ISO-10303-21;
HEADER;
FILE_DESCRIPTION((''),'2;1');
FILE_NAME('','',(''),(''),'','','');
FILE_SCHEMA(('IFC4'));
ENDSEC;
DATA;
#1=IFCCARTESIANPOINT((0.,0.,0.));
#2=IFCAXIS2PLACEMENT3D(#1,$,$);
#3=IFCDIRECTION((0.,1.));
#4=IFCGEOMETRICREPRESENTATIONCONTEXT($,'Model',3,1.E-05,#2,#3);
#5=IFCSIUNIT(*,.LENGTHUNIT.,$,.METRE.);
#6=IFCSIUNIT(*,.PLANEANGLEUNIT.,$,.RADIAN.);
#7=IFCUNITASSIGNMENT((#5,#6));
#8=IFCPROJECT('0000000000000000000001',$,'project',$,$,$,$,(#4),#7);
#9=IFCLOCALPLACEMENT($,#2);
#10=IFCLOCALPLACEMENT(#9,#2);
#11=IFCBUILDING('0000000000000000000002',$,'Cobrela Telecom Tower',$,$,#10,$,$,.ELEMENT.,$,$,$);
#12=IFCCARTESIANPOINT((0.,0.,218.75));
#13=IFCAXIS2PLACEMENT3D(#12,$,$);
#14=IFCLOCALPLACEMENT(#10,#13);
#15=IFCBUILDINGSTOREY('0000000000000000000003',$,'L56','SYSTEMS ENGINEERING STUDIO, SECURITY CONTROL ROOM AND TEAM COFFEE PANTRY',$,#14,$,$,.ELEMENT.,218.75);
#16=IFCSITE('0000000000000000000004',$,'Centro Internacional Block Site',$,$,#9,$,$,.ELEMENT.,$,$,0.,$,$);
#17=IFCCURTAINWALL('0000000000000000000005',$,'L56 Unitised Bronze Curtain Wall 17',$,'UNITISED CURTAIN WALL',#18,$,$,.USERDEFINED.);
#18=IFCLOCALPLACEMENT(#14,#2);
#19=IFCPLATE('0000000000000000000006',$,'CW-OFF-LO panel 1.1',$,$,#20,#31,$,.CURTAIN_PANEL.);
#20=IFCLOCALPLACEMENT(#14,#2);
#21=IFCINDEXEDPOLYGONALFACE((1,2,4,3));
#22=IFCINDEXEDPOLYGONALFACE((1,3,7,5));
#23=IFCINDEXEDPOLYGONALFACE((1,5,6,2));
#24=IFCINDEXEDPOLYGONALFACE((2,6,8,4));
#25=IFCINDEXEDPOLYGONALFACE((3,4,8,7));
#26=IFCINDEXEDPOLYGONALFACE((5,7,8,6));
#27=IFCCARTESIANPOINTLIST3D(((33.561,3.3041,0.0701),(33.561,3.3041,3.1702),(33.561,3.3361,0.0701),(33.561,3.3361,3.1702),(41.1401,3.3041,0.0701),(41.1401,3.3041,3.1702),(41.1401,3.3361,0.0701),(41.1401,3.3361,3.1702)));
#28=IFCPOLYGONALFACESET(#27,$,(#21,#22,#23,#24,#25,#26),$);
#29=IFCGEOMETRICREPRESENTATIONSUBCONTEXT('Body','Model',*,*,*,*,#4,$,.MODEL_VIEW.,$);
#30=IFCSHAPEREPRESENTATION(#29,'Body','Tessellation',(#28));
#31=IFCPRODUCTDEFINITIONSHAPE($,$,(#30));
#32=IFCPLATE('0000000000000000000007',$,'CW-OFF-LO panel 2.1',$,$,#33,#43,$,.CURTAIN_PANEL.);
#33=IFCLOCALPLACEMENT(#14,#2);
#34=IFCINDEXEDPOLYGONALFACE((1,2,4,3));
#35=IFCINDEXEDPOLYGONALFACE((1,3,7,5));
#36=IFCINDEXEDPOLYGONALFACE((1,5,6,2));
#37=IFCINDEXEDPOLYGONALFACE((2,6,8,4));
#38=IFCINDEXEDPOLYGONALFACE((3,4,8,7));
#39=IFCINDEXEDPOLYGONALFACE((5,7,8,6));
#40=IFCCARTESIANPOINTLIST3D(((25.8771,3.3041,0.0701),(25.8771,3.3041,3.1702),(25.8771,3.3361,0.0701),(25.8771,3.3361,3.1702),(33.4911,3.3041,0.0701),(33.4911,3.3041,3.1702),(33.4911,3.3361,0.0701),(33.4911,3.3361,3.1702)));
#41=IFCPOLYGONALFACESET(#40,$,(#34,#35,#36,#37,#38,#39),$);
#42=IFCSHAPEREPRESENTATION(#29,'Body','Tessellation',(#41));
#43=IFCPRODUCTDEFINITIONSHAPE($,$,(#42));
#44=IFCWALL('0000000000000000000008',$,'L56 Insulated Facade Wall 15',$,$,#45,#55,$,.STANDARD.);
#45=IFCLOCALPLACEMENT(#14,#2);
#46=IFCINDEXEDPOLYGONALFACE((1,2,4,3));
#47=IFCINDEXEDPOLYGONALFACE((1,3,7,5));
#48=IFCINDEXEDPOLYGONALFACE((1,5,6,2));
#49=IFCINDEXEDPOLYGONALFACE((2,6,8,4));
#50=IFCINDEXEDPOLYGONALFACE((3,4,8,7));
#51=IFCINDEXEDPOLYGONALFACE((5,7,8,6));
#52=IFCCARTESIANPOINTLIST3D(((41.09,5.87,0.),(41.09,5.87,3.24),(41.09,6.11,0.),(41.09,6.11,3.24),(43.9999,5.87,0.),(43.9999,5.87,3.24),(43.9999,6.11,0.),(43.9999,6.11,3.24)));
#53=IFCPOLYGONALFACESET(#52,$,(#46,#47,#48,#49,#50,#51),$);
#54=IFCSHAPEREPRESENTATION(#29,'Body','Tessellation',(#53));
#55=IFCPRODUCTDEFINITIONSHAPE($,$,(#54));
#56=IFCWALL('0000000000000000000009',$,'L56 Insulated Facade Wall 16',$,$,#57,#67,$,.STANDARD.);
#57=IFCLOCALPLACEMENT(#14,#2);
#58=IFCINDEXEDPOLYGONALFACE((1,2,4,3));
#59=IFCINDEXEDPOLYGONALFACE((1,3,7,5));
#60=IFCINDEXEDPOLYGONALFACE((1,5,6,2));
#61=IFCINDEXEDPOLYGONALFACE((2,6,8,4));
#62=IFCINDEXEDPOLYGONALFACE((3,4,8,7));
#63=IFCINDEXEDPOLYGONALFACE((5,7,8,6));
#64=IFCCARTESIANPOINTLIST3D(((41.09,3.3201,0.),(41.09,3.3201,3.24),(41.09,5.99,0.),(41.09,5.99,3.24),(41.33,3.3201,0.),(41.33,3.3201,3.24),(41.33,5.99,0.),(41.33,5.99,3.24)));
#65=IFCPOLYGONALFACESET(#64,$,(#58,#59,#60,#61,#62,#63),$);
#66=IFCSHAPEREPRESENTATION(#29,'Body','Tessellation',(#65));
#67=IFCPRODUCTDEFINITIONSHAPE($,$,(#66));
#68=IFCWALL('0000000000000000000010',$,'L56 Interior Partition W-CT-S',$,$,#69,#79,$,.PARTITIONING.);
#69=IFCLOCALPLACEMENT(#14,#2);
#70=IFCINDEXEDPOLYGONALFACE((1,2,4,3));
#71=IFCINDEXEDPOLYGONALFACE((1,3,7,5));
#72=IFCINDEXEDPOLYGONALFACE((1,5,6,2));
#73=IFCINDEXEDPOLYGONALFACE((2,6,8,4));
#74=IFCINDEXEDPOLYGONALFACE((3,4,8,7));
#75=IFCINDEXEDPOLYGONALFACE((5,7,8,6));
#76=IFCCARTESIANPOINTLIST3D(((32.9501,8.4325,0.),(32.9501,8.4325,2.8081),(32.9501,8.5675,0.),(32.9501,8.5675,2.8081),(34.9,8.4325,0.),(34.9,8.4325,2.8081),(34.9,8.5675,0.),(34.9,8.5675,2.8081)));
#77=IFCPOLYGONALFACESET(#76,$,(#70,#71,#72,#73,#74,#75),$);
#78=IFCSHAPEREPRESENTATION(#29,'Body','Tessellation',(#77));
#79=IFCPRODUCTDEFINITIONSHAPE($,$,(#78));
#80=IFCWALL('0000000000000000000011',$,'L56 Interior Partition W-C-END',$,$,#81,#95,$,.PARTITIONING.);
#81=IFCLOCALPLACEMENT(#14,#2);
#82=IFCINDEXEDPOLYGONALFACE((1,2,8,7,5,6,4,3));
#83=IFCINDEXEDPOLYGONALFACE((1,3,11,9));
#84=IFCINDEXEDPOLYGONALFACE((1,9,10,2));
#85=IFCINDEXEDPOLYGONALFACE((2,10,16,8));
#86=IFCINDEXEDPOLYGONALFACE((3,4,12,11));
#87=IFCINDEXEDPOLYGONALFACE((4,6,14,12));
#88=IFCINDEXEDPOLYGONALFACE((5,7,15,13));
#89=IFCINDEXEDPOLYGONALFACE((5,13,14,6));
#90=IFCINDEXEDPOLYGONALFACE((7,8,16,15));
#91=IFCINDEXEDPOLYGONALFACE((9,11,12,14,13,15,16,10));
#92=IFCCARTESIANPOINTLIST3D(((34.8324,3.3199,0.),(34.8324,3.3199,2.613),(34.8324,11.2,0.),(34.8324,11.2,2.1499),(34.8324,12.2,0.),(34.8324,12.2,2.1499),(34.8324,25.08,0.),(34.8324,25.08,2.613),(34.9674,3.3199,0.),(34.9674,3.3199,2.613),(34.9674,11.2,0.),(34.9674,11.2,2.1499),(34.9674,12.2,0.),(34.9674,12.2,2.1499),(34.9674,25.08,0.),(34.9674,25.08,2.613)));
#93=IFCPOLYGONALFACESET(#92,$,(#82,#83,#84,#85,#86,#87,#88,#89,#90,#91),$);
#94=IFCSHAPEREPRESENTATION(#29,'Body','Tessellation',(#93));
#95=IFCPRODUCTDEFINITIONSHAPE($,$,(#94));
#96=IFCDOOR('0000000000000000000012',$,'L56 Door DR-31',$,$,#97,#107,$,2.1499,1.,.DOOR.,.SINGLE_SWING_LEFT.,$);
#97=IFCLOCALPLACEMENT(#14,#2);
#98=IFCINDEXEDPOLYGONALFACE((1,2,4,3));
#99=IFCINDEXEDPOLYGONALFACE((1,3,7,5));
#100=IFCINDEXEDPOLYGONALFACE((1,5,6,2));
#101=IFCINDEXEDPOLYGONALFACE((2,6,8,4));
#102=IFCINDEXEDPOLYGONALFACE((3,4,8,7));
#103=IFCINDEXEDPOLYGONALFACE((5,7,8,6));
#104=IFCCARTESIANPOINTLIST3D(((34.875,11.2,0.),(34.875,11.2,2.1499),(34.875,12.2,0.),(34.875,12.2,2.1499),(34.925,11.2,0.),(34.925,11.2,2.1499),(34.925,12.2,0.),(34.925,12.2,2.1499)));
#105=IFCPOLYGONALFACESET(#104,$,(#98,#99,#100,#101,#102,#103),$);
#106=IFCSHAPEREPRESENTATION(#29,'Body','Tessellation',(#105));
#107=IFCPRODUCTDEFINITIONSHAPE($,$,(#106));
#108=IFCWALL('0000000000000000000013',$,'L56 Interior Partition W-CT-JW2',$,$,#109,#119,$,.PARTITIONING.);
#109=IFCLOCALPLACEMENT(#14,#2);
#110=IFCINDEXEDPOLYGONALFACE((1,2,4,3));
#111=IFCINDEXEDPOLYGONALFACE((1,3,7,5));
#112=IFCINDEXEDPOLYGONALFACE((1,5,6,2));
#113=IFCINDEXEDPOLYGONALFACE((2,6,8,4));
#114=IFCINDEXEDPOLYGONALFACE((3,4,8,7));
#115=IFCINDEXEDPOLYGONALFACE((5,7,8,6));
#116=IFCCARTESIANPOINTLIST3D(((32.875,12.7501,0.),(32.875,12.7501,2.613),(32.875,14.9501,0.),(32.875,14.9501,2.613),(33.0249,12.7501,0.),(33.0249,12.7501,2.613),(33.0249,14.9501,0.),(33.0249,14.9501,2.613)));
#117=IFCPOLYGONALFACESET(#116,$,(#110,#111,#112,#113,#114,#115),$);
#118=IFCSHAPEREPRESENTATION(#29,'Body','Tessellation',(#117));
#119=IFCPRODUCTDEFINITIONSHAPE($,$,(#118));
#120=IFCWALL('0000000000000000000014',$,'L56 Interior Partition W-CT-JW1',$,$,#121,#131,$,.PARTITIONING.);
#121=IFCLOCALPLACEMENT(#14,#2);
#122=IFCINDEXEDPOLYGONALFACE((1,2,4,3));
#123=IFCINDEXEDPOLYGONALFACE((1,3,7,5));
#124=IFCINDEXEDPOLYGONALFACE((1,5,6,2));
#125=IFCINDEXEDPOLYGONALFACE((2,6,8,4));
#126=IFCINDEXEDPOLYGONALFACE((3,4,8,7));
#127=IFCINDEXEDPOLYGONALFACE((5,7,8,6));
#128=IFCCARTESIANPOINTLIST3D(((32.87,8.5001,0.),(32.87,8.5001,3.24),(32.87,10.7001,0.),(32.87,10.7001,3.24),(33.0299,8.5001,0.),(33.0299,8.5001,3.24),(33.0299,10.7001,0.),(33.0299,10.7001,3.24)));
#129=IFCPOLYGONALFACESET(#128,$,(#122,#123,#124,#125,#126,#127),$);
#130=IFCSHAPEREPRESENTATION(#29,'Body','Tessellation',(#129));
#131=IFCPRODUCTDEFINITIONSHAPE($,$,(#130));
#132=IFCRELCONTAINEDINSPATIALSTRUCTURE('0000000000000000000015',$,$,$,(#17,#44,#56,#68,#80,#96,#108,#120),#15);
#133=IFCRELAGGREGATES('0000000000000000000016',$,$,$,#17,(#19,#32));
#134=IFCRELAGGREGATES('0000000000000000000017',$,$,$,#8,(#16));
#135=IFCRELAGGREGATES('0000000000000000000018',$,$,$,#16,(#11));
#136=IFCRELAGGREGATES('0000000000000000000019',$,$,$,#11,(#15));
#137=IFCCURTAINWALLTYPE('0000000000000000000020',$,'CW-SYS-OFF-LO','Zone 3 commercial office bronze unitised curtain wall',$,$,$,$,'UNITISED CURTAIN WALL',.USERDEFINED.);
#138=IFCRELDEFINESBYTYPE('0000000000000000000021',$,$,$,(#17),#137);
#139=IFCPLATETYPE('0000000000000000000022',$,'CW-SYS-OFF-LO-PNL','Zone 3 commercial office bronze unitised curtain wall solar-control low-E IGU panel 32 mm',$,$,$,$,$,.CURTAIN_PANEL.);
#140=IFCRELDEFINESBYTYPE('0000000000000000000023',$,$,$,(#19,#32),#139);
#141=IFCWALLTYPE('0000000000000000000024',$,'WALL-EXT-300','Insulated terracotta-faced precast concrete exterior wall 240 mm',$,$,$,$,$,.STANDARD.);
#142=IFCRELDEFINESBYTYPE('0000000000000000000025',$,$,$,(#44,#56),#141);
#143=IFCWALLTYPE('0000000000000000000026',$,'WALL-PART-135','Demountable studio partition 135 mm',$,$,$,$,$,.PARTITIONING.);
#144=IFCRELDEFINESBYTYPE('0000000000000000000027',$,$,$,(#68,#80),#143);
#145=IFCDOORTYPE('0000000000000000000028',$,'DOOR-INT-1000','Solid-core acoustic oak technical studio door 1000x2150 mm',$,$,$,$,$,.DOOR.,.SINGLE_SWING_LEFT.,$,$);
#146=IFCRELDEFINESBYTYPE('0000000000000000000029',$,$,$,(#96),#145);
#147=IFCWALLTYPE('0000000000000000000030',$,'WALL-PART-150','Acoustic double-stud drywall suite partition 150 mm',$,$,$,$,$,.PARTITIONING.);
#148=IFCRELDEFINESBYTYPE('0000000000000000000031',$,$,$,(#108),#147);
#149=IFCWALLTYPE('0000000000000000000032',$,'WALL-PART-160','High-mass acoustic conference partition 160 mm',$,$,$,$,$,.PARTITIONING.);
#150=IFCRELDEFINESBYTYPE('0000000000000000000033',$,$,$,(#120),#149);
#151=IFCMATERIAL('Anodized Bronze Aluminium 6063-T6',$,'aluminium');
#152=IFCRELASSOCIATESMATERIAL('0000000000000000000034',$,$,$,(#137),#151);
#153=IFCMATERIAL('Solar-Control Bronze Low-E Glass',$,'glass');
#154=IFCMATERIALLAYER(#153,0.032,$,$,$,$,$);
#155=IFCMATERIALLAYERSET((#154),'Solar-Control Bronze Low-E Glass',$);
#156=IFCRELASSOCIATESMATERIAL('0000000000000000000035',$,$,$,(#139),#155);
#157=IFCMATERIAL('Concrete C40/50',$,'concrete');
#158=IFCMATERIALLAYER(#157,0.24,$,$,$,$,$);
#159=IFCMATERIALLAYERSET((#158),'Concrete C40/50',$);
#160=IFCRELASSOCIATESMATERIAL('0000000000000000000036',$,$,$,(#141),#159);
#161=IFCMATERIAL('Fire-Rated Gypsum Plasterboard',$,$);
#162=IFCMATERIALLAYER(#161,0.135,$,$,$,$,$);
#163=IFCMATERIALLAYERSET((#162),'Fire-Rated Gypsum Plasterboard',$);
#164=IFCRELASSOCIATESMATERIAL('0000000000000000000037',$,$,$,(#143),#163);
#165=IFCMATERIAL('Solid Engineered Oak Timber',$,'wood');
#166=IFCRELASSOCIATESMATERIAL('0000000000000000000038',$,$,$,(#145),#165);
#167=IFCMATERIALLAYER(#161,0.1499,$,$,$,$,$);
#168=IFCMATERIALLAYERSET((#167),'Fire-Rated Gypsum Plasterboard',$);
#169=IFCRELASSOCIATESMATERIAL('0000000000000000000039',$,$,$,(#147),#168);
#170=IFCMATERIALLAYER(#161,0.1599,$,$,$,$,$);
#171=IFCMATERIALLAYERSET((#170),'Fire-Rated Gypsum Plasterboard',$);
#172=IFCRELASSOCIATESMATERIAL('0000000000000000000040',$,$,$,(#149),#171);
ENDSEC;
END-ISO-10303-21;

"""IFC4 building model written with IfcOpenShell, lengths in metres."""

from ifc_helpers import new_model, si_unit, direction, frame, frame_2d, origin, origin_2d, place, context, subcontext, project, spatial, rectangle, extrude, material, layer, layer_set, type_object, element, fill, aggregate, save


model = new_model("IFC4")

# Units and contexts
model_context = context("Model", 3, precision=1e-05, world=origin(), true_north=direction((0.0, 1.0)))
body_context = subcontext(model_context, "Body", "Model", "MODEL_VIEW")
ifc_project = project(units=[si_unit("LENGTHUNIT", "METRE"), si_unit("PLANEANGLEUNIT", "RADIAN")], contexts=[model_context])

# Site, building, storey
site_placement = place(None, origin())
site = spatial("IfcSite", under=ifc_project, at=site_placement, Name="Centro Internacional Block Site", CompositionType="ELEMENT", RefElevation=0.0)
building_placement = place(site_placement, origin())
building = spatial("IfcBuilding", under=site, at=building_placement, Name="Cobrela Telecom Tower", CompositionType="ELEMENT")
storey_placement = place(building_placement, frame((0.0, 0.0, 218.75)))
storey = spatial("IfcBuildingStorey", under=building, at=storey_placement, Name="L56", Description="SYSTEMS ENGINEERING STUDIO, SECURITY CONTROL ROOM AND TEAM COFFEE PANTRY", CompositionType="ELEMENT", Elevation=218.75)

# Curtain wall
ifc_material_1 = material(Name="Anodized Bronze Aluminium 6063-T6", Category="aluminium")
curtain_wall_type = type_object("IfcCurtainWallType", Name="CW-SYS-OFF-LO", Description="Zone 3 commercial office bronze unitised curtain wall", ElementType="UNITISED CURTAIN WALL", PredefinedType="USERDEFINED", material=ifc_material_1)
curtain_wall_1_placement = place(storey_placement, origin())
curtain_wall_1 = element("IfcCurtainWall", 1, at=curtain_wall_1_placement, inside=storey, type_object=curtain_wall_type, Name="L56 Unitised Bronze Curtain Wall 17", ObjectType="UNITISED CURTAIN WALL", PredefinedType="USERDEFINED")

# Plates
ifc_material_2 = material(Name="Solar-Control Bronze Low-E Glass", Category="glass")
ifc_layer_1 = layer(ifc_material_2, 0.032)
ifc_layer_set_1 = layer_set([ifc_layer_1], Name="Solar-Control Bronze Low-E Glass")
plate_type = type_object("IfcPlateType", Name="CW-SYS-OFF-LO-PNL", Description="Zone 3 commercial office bronze unitised curtain wall solar-control low-E IGU panel 32 mm", PredefinedType="CURTAIN_PANEL", material=ifc_layer_set_1)
plate_1_placement = place(storey_placement, frame((37.3506, 3.3201, 0.0701), z_axis=(0.0, 0.0, 1.0), x_axis=(-1.0, 0.0, 0.0)))
plate_1 = element("IfcPlate", 2, at=plate_1_placement, type_object=plate_type, Name="CW-OFF-LO panel 1.1", PredefinedType="CURTAIN_PANEL", context=body_context, shape_type="SweptSolid", body=[
    extrude(rectangle(XDim=7.5791, YDim=0.032, at=origin_2d()), origin(), (0.0, 0.0, 1.0), 3.1001),
])
plate_2_placement = place(storey_placement, frame((29.6841, 3.3201, 0.0701), z_axis=(0.0, 0.0, 1.0), x_axis=(-1.0, 0.0, 0.0)))
plate_2 = element("IfcPlate", 3, at=plate_2_placement, type_object=plate_type, Name="CW-OFF-LO panel 2.1", PredefinedType="CURTAIN_PANEL", context=body_context, shape_type="SweptSolid", body=[
    extrude(rectangle(XDim=7.614, YDim=0.032, at=origin_2d()), origin(), (0.0, 0.0, 1.0), 3.1001),
])
aggregate(curtain_wall_1, [plate_1, plate_2])

# Walls
ifc_material_3 = material(Name="Concrete C40/50", Category="concrete")
ifc_layer_2 = layer(ifc_material_3, 0.24)
ifc_layer_set_2 = layer_set([ifc_layer_2], Name="Concrete C40/50")
wall_type_1 = type_object("IfcWallType", Name="WALL-EXT-300", Description="Insulated terracotta-faced precast concrete exterior wall 240 mm", PredefinedType="STANDARD", material=ifc_layer_set_2)
wall_1_placement = place(storey_placement, frame((44.0, 5.99, 0.0), z_axis=(0.0, 0.0, 1.0), x_axis=(-1.0, 0.0, 0.0)))
element("IfcWall", 4, at=wall_1_placement, inside=storey, type_object=wall_type_1, Name="L56 Insulated Facade Wall 15", PredefinedType="STANDARD", context=body_context, shape_type="SweptSolid", body=[
    extrude(rectangle(XDim=2.9099, YDim=0.24, at=frame_2d((1.4551, 0.0))), origin(), (0.0, 0.0, 1.0), 3.24),
])
wall_2_placement = place(storey_placement, frame((41.21, 5.99, 0.0), z_axis=(0.0, 0.0, 1.0), x_axis=(0.0, -1.0, 0.0)))
element("IfcWall", 5, at=wall_2_placement, inside=storey, type_object=wall_type_1, Name="L56 Insulated Facade Wall 16", PredefinedType="STANDARD", context=body_context, shape_type="SweptSolid", body=[
    extrude(rectangle(XDim=2.6699, YDim=0.24, at=frame_2d((1.335, 0.0))), origin(), (0.0, 0.0, 1.0), 3.24),
])
ifc_material_4 = material(Name="Fire-Rated Gypsum Plasterboard")
ifc_layer_3 = layer(ifc_material_4, 0.135)
ifc_layer_set_3 = layer_set([ifc_layer_3], Name="Fire-Rated Gypsum Plasterboard")
wall_type_2 = type_object("IfcWallType", Name="WALL-PART-135", Description="Demountable studio partition 135 mm", PredefinedType="PARTITIONING", material=ifc_layer_set_3)
wall_3_placement = place(storey_placement, frame((32.95, 8.5, 0.0), z_axis=(0.0, 0.0, 1.0), x_axis=(1.0, 0.0, 0.0)))
element("IfcWall", 6, at=wall_3_placement, inside=storey, type_object=wall_type_2, Name="L56 Interior Partition W-CT-S", PredefinedType="PARTITIONING", context=body_context, shape_type="SweptSolid", body=[
    extrude(rectangle(XDim=1.95, YDim=0.135, at=frame_2d((0.9751, 0.0))), origin(), (0.0, 0.0, 1.0), 2.8081),
])

# Wall, opening, door
wall_4_placement = place(storey_placement, frame((34.8999, 3.3201, 0.0), z_axis=(0.0, 0.0, 1.0), x_axis=(0.0, 1.0, 0.0)))
wall_4 = element("IfcWall", 7, at=wall_4_placement, inside=storey, type_object=wall_type_2, Name="L56 Interior Partition W-C-END", PredefinedType="PARTITIONING", context=body_context, shape_type="SweptSolid", body=[
    extrude(rectangle(XDim=21.76, YDim=0.135, at=frame_2d((10.8799, 0.0))), origin(), (0.0, 0.0, 1.0), 2.613),
])
opening_placement = place(wall_4_placement, frame((7.8799, 0.0, 0.0)))
opening = element("IfcOpeningElement", 8, at=opening_placement, cuts=wall_4, PredefinedType="OPENING", context=body_context, shape_type="SweptSolid", body=[
    extrude(rectangle(XDim=1.0, YDim=2.1499, at=frame_2d((0.5, 1.075))), frame((0.0, 0.0796, 0.0), z_axis=(0.0, -1.0, 0.0), x_axis=(1.0, 0.0, 0.0)), (0.0, 0.0, 1.0), 0.1589),
])
ifc_material_5 = material(Name="Solid Engineered Oak Timber", Category="wood")
door_type = type_object("IfcDoorType", Name="DOOR-INT-1000", Description="Solid-core acoustic oak technical studio door 1000x2150 mm", OperationType="SINGLE_SWING_LEFT", PredefinedType="DOOR", material=ifc_material_5)
door_placement = place(opening_placement, origin())
door = element("IfcDoor", 9, at=door_placement, inside=storey, type_object=door_type, Name="L56 Door DR-31", OperationType="SINGLE_SWING_LEFT", OverallHeight=2.1499, OverallWidth=1.0, PredefinedType="DOOR", context=body_context, shape_type="SweptSolid", body=[
    extrude(rectangle(XDim=1.0, YDim=2.1499, at=frame_2d((0.5, 1.075))), frame((0.0, 0.0249, 0.0), z_axis=(0.0, -1.0, 0.0), x_axis=(1.0, 0.0, 0.0)), (0.0, 0.0, 1.0), 0.05),
])
fill(opening, door)

# Walls
ifc_layer_4 = layer(ifc_material_4, 0.1499)
ifc_layer_set_4 = layer_set([ifc_layer_4], Name="Fire-Rated Gypsum Plasterboard")
wall_type_3 = type_object("IfcWallType", Name="WALL-PART-150", Description="Acoustic double-stud drywall suite partition 150 mm", PredefinedType="PARTITIONING", material=ifc_layer_set_4)
wall_5_placement = place(storey_placement, frame((32.95, 12.75, 0.0), z_axis=(0.0, 0.0, 1.0), x_axis=(0.0, 1.0, 0.0)))
element("IfcWall", 10, at=wall_5_placement, inside=storey, type_object=wall_type_3, Name="L56 Interior Partition W-CT-JW2", PredefinedType="PARTITIONING", context=body_context, shape_type="SweptSolid", body=[
    extrude(rectangle(XDim=2.2, YDim=0.1499, at=frame_2d((1.1001, 0.0))), origin(), (0.0, 0.0, 1.0), 2.613),
])
ifc_layer_5 = layer(ifc_material_4, 0.1599)
ifc_layer_set_5 = layer_set([ifc_layer_5], Name="Fire-Rated Gypsum Plasterboard")
wall_type_4 = type_object("IfcWallType", Name="WALL-PART-160", Description="High-mass acoustic conference partition 160 mm", PredefinedType="PARTITIONING", material=ifc_layer_set_5)
wall_6_placement = place(storey_placement, frame((32.95, 8.5, 0.0), z_axis=(0.0, 0.0, 1.0), x_axis=(0.0, 1.0, 0.0)))
element("IfcWall", 11, at=wall_6_placement, inside=storey, type_object=wall_type_4, Name="L56 Interior Partition W-CT-JW1", PredefinedType="PARTITIONING", context=body_context, shape_type="SweptSolid", body=[
    extrude(rectangle(XDim=2.2, YDim=0.1599, at=frame_2d((1.1001, 0.0))), origin(), (0.0, 0.0, 1.0), 3.24),
])

save(model, "model.ifc")
